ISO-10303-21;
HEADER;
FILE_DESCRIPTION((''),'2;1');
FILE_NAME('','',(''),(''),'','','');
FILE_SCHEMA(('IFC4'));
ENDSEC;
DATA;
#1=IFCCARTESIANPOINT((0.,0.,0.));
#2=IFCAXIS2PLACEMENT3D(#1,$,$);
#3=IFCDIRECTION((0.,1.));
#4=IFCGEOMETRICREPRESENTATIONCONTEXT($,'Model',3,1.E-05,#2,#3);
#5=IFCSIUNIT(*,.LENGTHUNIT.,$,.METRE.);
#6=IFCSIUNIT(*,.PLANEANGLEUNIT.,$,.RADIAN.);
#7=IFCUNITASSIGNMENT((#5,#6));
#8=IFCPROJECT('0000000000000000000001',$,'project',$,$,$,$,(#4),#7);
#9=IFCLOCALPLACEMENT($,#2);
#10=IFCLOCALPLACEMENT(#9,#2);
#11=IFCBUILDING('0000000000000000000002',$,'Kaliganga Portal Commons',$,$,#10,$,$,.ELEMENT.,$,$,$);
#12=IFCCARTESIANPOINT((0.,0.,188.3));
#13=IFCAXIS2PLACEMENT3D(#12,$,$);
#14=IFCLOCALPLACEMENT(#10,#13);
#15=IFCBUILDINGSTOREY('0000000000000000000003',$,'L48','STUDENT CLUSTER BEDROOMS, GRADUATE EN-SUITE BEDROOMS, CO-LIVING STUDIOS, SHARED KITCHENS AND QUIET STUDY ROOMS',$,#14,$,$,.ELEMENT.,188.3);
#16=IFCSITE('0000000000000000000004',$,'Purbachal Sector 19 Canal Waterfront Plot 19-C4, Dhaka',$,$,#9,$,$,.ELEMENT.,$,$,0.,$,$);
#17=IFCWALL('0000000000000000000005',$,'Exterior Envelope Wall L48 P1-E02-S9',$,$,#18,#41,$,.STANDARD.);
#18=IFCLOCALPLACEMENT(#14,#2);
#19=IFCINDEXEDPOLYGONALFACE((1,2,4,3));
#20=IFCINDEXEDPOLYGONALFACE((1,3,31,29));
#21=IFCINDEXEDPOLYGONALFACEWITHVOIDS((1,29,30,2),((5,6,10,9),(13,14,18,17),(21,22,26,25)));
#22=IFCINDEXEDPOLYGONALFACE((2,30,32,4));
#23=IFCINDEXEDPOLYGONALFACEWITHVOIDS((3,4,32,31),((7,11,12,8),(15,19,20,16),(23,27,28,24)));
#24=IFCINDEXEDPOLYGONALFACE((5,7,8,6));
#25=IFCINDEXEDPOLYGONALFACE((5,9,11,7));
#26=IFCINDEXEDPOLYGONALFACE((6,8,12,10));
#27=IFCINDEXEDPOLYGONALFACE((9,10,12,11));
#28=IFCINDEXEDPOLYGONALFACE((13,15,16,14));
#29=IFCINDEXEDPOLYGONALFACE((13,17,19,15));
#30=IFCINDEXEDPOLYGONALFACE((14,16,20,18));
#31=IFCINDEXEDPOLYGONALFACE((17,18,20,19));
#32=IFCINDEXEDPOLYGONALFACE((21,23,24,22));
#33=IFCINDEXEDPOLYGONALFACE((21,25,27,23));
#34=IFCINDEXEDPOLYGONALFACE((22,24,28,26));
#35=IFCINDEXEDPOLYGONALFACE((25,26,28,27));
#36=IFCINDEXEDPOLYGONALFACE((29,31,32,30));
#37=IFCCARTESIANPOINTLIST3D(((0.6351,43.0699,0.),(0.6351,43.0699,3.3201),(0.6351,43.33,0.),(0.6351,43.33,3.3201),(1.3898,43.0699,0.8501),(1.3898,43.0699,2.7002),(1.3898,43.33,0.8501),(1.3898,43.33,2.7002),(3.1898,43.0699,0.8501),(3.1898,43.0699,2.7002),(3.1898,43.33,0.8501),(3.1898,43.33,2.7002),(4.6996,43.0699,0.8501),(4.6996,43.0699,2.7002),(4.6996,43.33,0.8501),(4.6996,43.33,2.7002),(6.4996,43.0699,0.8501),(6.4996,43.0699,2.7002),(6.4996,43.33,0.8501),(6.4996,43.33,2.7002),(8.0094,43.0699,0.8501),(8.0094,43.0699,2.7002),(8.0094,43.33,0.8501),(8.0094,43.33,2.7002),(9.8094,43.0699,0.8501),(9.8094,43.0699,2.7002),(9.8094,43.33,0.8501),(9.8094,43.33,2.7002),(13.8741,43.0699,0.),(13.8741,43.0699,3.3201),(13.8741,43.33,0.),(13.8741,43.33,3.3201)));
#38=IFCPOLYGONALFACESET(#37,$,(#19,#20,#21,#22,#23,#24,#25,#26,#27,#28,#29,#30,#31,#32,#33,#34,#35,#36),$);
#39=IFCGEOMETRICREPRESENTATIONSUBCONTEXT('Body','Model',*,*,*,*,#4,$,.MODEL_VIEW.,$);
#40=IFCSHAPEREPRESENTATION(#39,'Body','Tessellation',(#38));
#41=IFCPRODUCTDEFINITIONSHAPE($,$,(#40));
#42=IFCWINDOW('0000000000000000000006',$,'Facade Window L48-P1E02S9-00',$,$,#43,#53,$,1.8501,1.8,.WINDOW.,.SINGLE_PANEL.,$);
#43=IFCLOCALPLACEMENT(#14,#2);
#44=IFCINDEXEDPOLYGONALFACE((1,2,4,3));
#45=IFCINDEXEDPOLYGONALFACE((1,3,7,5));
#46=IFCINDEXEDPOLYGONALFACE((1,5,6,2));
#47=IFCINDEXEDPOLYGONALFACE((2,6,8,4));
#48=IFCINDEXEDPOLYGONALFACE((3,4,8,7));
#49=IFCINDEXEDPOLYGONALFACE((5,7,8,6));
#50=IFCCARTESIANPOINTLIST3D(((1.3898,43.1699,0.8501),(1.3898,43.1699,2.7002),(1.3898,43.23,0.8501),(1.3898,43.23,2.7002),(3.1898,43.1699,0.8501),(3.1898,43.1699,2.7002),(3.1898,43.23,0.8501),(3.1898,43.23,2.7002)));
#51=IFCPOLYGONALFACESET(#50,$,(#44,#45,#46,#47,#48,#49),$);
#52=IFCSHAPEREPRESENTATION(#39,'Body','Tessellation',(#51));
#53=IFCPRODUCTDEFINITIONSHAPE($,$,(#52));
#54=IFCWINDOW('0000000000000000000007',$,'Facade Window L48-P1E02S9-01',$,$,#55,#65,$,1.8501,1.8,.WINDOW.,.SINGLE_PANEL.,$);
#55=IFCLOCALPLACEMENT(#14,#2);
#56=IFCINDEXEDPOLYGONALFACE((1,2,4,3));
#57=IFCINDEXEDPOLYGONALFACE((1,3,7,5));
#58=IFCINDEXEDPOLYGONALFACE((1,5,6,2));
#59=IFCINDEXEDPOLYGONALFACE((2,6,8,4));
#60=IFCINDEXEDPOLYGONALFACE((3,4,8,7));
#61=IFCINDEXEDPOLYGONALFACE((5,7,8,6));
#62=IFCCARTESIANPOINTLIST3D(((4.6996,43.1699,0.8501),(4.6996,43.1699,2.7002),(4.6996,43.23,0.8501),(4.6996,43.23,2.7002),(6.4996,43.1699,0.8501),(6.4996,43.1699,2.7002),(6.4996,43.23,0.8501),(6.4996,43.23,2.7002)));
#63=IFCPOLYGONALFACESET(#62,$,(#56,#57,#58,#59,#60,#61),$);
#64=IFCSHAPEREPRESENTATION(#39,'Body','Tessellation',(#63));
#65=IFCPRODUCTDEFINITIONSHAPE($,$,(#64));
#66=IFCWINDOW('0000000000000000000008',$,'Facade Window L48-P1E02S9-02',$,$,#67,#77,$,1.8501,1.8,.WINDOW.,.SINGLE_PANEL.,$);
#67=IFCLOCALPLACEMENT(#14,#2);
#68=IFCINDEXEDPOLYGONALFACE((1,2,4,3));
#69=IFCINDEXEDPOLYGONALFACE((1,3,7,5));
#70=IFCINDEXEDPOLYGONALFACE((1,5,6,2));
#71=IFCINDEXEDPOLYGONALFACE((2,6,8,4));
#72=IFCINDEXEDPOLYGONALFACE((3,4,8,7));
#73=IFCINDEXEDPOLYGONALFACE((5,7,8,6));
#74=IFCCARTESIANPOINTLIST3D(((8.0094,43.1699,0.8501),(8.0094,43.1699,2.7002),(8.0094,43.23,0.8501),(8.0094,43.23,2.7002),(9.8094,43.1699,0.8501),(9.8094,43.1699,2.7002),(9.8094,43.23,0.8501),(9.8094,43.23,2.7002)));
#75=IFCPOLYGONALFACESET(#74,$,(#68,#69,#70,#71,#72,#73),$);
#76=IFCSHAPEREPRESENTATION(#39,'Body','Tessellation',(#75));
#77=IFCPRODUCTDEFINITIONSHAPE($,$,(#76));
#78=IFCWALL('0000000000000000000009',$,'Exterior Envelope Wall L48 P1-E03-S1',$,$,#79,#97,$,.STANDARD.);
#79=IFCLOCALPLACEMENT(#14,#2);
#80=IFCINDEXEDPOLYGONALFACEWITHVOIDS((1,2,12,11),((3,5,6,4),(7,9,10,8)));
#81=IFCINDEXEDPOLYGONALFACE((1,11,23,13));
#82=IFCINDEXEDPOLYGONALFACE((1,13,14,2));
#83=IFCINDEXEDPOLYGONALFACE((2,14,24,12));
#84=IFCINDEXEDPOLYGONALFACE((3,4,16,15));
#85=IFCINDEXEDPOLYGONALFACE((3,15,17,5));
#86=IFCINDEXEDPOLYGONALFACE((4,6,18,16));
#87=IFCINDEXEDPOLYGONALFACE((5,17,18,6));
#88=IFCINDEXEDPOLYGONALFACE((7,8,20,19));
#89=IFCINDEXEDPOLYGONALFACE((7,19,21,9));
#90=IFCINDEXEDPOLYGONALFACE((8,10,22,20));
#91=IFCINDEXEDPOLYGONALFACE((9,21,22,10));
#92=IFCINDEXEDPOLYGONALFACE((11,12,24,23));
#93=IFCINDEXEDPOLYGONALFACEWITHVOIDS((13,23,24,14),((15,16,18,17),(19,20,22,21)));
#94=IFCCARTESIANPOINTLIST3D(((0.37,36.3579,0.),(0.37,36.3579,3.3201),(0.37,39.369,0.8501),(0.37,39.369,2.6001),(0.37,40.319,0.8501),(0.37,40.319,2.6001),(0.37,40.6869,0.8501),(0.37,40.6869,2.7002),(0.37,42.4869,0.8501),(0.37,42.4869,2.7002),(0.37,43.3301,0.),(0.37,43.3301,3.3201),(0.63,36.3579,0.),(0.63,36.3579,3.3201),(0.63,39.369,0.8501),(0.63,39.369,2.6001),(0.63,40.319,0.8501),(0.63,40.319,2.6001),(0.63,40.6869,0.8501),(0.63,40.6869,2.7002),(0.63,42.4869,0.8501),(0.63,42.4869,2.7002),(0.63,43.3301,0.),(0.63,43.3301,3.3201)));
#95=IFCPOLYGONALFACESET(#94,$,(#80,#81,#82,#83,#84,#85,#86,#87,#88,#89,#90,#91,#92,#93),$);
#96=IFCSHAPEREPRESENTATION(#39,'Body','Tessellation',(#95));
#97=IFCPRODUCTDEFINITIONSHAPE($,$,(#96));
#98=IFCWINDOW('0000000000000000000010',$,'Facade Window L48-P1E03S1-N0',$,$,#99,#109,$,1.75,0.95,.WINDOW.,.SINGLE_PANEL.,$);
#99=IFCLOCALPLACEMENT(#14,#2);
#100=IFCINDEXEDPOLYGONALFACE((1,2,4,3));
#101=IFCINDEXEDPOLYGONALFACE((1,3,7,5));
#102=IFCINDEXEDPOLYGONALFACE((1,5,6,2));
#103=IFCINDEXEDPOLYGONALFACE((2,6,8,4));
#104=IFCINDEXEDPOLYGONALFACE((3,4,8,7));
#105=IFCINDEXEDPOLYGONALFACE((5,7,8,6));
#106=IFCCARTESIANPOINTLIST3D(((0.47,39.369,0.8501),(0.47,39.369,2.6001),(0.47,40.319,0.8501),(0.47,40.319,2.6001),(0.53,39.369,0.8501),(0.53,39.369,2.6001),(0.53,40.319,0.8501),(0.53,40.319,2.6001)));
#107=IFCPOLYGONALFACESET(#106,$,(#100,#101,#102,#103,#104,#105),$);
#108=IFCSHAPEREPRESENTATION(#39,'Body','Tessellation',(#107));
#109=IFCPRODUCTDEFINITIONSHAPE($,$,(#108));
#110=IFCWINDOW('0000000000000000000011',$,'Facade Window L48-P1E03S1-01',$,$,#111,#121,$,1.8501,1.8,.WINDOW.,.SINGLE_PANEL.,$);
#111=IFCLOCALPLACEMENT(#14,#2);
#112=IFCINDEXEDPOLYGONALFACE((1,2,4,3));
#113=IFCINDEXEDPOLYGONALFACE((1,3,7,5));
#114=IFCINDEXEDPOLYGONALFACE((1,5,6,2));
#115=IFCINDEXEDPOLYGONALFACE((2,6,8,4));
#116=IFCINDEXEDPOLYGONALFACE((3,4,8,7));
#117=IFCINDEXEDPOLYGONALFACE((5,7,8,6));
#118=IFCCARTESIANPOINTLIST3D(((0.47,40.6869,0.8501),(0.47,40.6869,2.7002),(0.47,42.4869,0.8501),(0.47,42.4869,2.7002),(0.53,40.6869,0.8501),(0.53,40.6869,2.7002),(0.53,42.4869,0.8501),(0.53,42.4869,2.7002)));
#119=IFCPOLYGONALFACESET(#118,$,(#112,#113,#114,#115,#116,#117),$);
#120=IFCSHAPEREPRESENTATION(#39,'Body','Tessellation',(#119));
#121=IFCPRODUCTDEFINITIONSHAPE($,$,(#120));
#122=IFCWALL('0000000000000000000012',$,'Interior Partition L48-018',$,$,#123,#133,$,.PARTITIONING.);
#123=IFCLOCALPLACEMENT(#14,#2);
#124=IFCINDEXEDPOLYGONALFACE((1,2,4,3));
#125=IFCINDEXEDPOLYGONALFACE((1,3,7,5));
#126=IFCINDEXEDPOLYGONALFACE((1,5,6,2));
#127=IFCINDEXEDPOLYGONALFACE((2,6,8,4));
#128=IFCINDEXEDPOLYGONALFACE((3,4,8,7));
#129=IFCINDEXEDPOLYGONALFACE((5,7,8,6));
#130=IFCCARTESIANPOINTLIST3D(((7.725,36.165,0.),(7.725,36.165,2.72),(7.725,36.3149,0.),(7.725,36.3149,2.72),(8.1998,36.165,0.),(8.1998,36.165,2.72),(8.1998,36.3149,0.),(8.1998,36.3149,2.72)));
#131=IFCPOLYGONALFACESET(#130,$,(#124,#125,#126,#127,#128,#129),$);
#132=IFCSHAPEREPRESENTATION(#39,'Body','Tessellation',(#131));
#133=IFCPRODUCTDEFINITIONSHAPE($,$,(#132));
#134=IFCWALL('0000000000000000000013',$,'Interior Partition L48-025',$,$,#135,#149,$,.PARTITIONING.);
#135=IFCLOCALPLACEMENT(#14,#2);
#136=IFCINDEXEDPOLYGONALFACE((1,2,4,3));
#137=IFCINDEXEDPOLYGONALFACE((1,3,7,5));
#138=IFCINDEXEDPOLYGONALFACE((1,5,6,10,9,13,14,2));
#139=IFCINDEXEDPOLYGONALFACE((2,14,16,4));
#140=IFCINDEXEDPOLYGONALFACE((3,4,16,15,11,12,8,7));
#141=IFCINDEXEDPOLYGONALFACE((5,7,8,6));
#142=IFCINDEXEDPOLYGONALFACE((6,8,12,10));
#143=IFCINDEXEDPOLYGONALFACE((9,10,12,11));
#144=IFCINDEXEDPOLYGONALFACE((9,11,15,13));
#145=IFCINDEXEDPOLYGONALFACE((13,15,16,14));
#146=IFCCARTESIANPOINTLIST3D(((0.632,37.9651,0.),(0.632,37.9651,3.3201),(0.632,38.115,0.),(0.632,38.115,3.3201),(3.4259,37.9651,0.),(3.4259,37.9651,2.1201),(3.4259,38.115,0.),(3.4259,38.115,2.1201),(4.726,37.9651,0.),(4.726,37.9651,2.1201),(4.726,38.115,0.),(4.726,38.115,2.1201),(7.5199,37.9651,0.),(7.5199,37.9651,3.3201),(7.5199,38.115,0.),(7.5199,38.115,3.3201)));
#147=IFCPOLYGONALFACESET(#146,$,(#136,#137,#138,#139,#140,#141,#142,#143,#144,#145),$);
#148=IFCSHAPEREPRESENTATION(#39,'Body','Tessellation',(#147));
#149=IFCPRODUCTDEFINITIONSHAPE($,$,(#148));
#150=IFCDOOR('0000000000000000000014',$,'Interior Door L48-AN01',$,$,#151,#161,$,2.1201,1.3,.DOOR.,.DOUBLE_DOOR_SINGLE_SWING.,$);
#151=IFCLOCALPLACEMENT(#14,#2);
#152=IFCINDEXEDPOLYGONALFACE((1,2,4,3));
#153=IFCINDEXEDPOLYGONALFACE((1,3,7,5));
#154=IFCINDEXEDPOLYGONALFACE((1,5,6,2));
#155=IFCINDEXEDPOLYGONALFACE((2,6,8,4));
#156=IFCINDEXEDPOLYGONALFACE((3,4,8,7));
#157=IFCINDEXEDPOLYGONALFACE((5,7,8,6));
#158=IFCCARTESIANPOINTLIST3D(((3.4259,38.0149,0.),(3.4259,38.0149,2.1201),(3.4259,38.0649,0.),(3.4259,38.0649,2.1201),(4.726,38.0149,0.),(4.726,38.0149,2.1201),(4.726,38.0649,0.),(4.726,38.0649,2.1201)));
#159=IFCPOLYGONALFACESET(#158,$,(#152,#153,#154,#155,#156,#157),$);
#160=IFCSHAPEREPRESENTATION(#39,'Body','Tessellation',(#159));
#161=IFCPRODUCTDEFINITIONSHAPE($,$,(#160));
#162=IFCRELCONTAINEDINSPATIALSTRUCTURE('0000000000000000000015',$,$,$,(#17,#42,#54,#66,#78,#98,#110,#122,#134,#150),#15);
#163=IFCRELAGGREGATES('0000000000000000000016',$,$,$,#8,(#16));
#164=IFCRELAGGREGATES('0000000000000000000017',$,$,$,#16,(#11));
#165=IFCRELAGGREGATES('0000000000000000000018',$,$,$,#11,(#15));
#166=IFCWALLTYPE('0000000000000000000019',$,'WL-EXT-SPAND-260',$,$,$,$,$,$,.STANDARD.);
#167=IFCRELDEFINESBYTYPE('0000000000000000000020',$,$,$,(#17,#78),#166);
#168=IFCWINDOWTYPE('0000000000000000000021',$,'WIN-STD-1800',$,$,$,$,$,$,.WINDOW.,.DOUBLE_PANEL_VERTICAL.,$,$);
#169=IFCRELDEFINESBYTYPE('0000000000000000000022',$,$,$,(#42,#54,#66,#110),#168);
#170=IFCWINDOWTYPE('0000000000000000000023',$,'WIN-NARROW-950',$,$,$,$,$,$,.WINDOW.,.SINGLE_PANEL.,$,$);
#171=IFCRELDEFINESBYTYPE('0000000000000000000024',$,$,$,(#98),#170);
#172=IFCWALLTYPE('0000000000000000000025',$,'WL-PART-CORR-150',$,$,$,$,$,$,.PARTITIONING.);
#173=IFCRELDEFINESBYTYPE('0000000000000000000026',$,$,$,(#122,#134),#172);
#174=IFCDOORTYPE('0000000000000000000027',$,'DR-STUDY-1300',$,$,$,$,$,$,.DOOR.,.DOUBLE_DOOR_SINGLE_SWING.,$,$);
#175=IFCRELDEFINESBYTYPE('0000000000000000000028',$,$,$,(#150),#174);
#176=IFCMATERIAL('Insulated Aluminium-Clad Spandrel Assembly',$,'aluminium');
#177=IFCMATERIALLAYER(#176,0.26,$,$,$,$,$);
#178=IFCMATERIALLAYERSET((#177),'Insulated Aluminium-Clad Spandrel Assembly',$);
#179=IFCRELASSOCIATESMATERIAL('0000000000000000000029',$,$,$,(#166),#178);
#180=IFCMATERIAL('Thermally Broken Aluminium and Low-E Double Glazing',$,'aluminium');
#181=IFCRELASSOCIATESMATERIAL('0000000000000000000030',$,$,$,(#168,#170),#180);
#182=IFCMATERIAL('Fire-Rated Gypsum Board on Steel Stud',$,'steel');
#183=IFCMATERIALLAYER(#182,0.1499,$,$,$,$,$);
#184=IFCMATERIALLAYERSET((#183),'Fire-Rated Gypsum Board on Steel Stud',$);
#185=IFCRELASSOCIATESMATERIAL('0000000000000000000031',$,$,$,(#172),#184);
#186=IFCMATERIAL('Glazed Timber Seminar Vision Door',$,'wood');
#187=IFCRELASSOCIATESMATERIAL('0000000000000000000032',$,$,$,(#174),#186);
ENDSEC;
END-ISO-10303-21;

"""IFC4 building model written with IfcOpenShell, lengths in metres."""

from ifc_helpers import new_model, si_unit, direction, frame, frame_2d, origin, place, context, subcontext, project, spatial, rectangle, extrude, material, layer, layer_set, type_object, element, fill, save


model = new_model("IFC4")

# Units and contexts
model_context = context("Model", 3, precision=1e-05, world=origin(), true_north=direction((0.0, 1.0)))
body_context = subcontext(model_context, "Body", "Model", "MODEL_VIEW")
ifc_project = project(units=[si_unit("LENGTHUNIT", "METRE"), si_unit("PLANEANGLEUNIT", "RADIAN")], contexts=[model_context])

# Site, building, storey
site_placement = place(None, origin())
site = spatial("IfcSite", under=ifc_project, at=site_placement, Name="Purbachal Sector 19 Canal Waterfront Plot 19-C4, Dhaka", CompositionType="ELEMENT", RefElevation=0.0)
building_placement = place(site_placement, origin())
building = spatial("IfcBuilding", under=site, at=building_placement, Name="Kaliganga Portal Commons", CompositionType="ELEMENT")
storey_placement = place(building_placement, frame((0.0, 0.0, 188.3)))
storey = spatial("IfcBuildingStorey", under=building, at=storey_placement, Name="L48", Description="STUDENT CLUSTER BEDROOMS, GRADUATE EN-SUITE BEDROOMS, CO-LIVING STUDIOS, SHARED KITCHENS AND QUIET STUDY ROOMS", CompositionType="ELEMENT", Elevation=188.3)

# Walls, openings, windows
ifc_material_1 = material(Name="Insulated Aluminium-Clad Spandrel Assembly", Category="aluminium")
ifc_layer_1 = layer(ifc_material_1, 0.26)
ifc_layer_set_1 = layer_set([ifc_layer_1], Name="Insulated Aluminium-Clad Spandrel Assembly")
wall_type_1 = type_object("IfcWallType", Name="WL-EXT-SPAND-260", PredefinedType="STANDARD", material=ifc_layer_set_1)
wall_1_placement = place(storey_placement, frame((0.635, 43.2, 0.0), z_axis=(0.0, 0.0, 1.0), x_axis=(1.0, 0.0, 0.0)))
wall_1 = element("IfcWall", 1, at=wall_1_placement, inside=storey, type_object=wall_type_1, Name="Exterior Envelope Wall L48 P1-E02-S9", PredefinedType="STANDARD", context=body_context, shape_type="SweptSolid", body=[
    extrude(rectangle(XDim=13.239, YDim=0.26, at=frame_2d((6.6196, 0.0))), origin(), (0.0, 0.0, 1.0), 3.3201),
])
opening_1_placement = place(wall_1_placement, frame((0.7549, 0.0, 0.8501)))
opening_1 = element("IfcOpeningElement", 2, at=opening_1_placement, cuts=wall_1, PredefinedType="OPENING", context=body_context, shape_type="SweptSolid", body=[
    extrude(rectangle(XDim=1.8, YDim=1.8501, at=frame_2d((0.8999, 0.925))), frame((0.0, 0.1401, 0.0), z_axis=(0.0, -1.0, 0.0), x_axis=(1.0, 0.0, 0.0)), (0.0, 0.0, 1.0), 0.28),
])
opening_2_placement = place(wall_1_placement, frame((4.0647, 0.0, 0.8501)))
opening_2 = element("IfcOpeningElement", 3, at=opening_2_placement, cuts=wall_1, PredefinedType="OPENING", context=body_context, shape_type="SweptSolid", body=[
    extrude(rectangle(XDim=1.8, YDim=1.8501, at=frame_2d((0.8999, 0.925))), frame((0.0, 0.1401, 0.0), z_axis=(0.0, -1.0, 0.0), x_axis=(1.0, 0.0, 0.0)), (0.0, 0.0, 1.0), 0.28),
])
opening_3_placement = place(wall_1_placement, frame((7.3745, 0.0, 0.8501)))
opening_3 = element("IfcOpeningElement", 4, at=opening_3_placement, cuts=wall_1, PredefinedType="OPENING", context=body_context, shape_type="SweptSolid", body=[
    extrude(rectangle(XDim=1.8, YDim=1.8501, at=frame_2d((0.8999, 0.925))), frame((0.0, 0.1401, 0.0), z_axis=(0.0, -1.0, 0.0), x_axis=(1.0, 0.0, 0.0)), (0.0, 0.0, 1.0), 0.28),
])
ifc_material_2 = material(Name="Thermally Broken Aluminium and Low-E Double Glazing", Category="aluminium")
window_type_1 = type_object("IfcWindowType", Name="WIN-STD-1800", PartitioningType="DOUBLE_PANEL_VERTICAL", PredefinedType="WINDOW", material=ifc_material_2)
window_1_placement = place(opening_1_placement, origin())
window_1 = element("IfcWindow", 5, at=window_1_placement, inside=storey, type_object=window_type_1, Name="Facade Window L48-P1E02S9-00", OverallHeight=1.8501, OverallWidth=1.8, PartitioningType="SINGLE_PANEL", PredefinedType="WINDOW", context=body_context, shape_type="SweptSolid", body=[
    extrude(rectangle(XDim=1.8, YDim=1.8501, at=frame_2d((0.8999, 0.925))), frame((0.0, 0.03, 0.0), z_axis=(0.0, -1.0, 0.0), x_axis=(1.0, 0.0, 0.0)), (0.0, 0.0, 1.0), 0.0601),
])
fill(opening_1, window_1)
window_2_placement = place(opening_2_placement, origin())
window_2 = element("IfcWindow", 6, at=window_2_placement, inside=storey, type_object=window_type_1, Name="Facade Window L48-P1E02S9-01", OverallHeight=1.8501, OverallWidth=1.8, PartitioningType="SINGLE_PANEL", PredefinedType="WINDOW", context=body_context, shape_type="SweptSolid", body=[
    extrude(rectangle(XDim=1.8, YDim=1.8501, at=frame_2d((0.8999, 0.925))), frame((0.0, 0.03, 0.0), z_axis=(0.0, -1.0, 0.0), x_axis=(1.0, 0.0, 0.0)), (0.0, 0.0, 1.0), 0.0601),
])
fill(opening_2, window_2)
window_3_placement = place(opening_3_placement, origin())
window_3 = element("IfcWindow", 7, at=window_3_placement, inside=storey, type_object=window_type_1, Name="Facade Window L48-P1E02S9-02", OverallHeight=1.8501, OverallWidth=1.8, PartitioningType="SINGLE_PANEL", PredefinedType="WINDOW", context=body_context, shape_type="SweptSolid", body=[
    extrude(rectangle(XDim=1.8, YDim=1.8501, at=frame_2d((0.8999, 0.925))), frame((0.0, 0.03, 0.0), z_axis=(0.0, -1.0, 0.0), x_axis=(1.0, 0.0, 0.0)), (0.0, 0.0, 1.0), 0.0601),
])
fill(opening_3, window_3)
wall_2_placement = place(storey_placement, frame((0.5, 36.3579, 0.0), z_axis=(0.0, 0.0, 1.0), x_axis=(0.0, 1.0, 0.0)))
wall_2 = element("IfcWall", 8, at=wall_2_placement, inside=storey, type_object=wall_type_1, Name="Exterior Envelope Wall L48 P1-E03-S1", PredefinedType="STANDARD", context=body_context, shape_type="SweptSolid", body=[
    extrude(rectangle(XDim=6.9722, YDim=0.26, at=frame_2d((3.4861, 0.0))), origin(), (0.0, 0.0, 1.0), 3.3201),
])
opening_4_placement = place(wall_2_placement, frame((4.3291, 0.0, 0.8501)))
opening_4 = element("IfcOpeningElement", 9, at=opening_4_placement, cuts=wall_2, PredefinedType="OPENING", context=body_context, shape_type="SweptSolid", body=[
    extrude(rectangle(XDim=1.8, YDim=1.8501, at=frame_2d((0.8999, 0.925))), frame((0.0, 0.1401, 0.0), z_axis=(0.0, -1.0, 0.0), x_axis=(1.0, 0.0, 0.0)), (0.0, 0.0, 1.0), 0.28),
])
opening_5_placement = place(wall_2_placement, frame((3.011, 0.0, 0.8501)))
opening_5 = element("IfcOpeningElement", 10, at=opening_5_placement, cuts=wall_2, PredefinedType="OPENING", context=body_context, shape_type="SweptSolid", body=[
    extrude(rectangle(XDim=0.95, YDim=1.75, at=frame_2d((0.4751, 0.875))), frame((0.0, 0.1401, 0.0), z_axis=(0.0, -1.0, 0.0), x_axis=(1.0, 0.0, 0.0)), (0.0, 0.0, 1.0), 0.28),
])
window_type_2 = type_object("IfcWindowType", Name="WIN-NARROW-950", PartitioningType="SINGLE_PANEL", PredefinedType="WINDOW", material=ifc_material_2)
window_4_placement = place(opening_5_placement, origin())
window_4 = element("IfcWindow", 11, at=window_4_placement, inside=storey, type_object=window_type_2, Name="Facade Window L48-P1E03S1-N0", OverallHeight=1.75, OverallWidth=0.95, PartitioningType="SINGLE_PANEL", PredefinedType="WINDOW", context=body_context, shape_type="SweptSolid", body=[
    extrude(rectangle(XDim=0.95, YDim=1.75, at=frame_2d((0.4751, 0.875))), frame((0.0, 0.03, 0.0), z_axis=(0.0, -1.0, 0.0), x_axis=(1.0, 0.0, 0.0)), (0.0, 0.0, 1.0), 0.0601),
])
fill(opening_5, window_4)
window_5_placement = place(opening_4_placement, origin())
window_5 = element("IfcWindow", 12, at=window_5_placement, inside=storey, type_object=window_type_1, Name="Facade Window L48-P1E03S1-01", OverallHeight=1.8501, OverallWidth=1.8, PartitioningType="SINGLE_PANEL", PredefinedType="WINDOW", context=body_context, shape_type="SweptSolid", body=[
    extrude(rectangle(XDim=1.8, YDim=1.8501, at=frame_2d((0.8999, 0.925))), frame((0.0, 0.03, 0.0), z_axis=(0.0, -1.0, 0.0), x_axis=(1.0, 0.0, 0.0)), (0.0, 0.0, 1.0), 0.0601),
])
fill(opening_4, window_5)

# Shared definitions
ifc_material_3 = material(Name="Fire-Rated Gypsum Board on Steel Stud", Category="steel")
ifc_layer_2 = layer(ifc_material_3, 0.1499)
ifc_layer_set_2 = layer_set([ifc_layer_2], Name="Fire-Rated Gypsum Board on Steel Stud")
wall_type_2 = type_object("IfcWallType", Name="WL-PART-CORR-150", PredefinedType="PARTITIONING", material=ifc_layer_set_2)

# Wall
wall_3_placement = place(storey_placement, frame((7.7251, 36.24, 0.0), z_axis=(0.0, 0.0, 1.0), x_axis=(1.0, 0.0, 0.0)))
element("IfcWall", 13, at=wall_3_placement, inside=storey, type_object=wall_type_2, Name="Interior Partition L48-018", PredefinedType="PARTITIONING", context=body_context, shape_type="SweptSolid", body=[
    extrude(rectangle(XDim=0.4749, YDim=0.1499, at=frame_2d((0.2373, 0.0))), origin(), (0.0, 0.0, 1.0), 2.72),
])

# Wall, opening, door
wall_4_placement = place(storey_placement, frame((0.6321, 38.04, 0.0), z_axis=(0.0, 0.0, 1.0), x_axis=(1.0, 0.0, 0.0)))
wall_4 = element("IfcWall", 14, at=wall_4_placement, inside=storey, type_object=wall_type_2, Name="Interior Partition L48-025", PredefinedType="PARTITIONING", context=body_context, shape_type="SweptSolid", body=[
    extrude(rectangle(XDim=6.8879, YDim=0.1499, at=frame_2d((3.4438, 0.0))), origin(), (0.0, 0.0, 1.0), 3.3201),
])
opening_6_placement = place(wall_4_placement, frame((2.7939, 0.0, 0.0)))
opening_6 = element("IfcOpeningElement", 15, at=opening_6_placement, cuts=wall_4, PredefinedType="OPENING", context=body_context, shape_type="SweptSolid", body=[
    extrude(rectangle(XDim=1.3, YDim=2.1201, at=frame_2d((0.6499, 1.0601))), frame((0.0, 0.085, 0.0), z_axis=(0.0, -1.0, 0.0), x_axis=(1.0, 0.0, 0.0)), (0.0, 0.0, 1.0), 0.1699),
])
ifc_material_4 = material(Name="Glazed Timber Seminar Vision Door", Category="wood")
door_type_1 = type_object("IfcDoorType", Name="DR-STUDY-1300", OperationType="DOUBLE_DOOR_SINGLE_SWING", PredefinedType="DOOR", material=ifc_material_4)
door_1_placement = place(opening_6_placement, origin())
door_1 = element("IfcDoor", 16, at=door_1_placement, inside=storey, type_object=door_type_1, Name="Interior Door L48-AN01", OperationType="DOUBLE_DOOR_SINGLE_SWING", OverallHeight=2.1201, OverallWidth=1.3, PredefinedType="DOOR", context=body_context, shape_type="SweptSolid", body=[
    extrude(rectangle(XDim=1.3, YDim=2.1201, at=frame_2d((0.6499, 1.0601))), frame((0.0, 0.0249, 0.0), z_axis=(0.0, -1.0, 0.0), x_axis=(1.0, 0.0, 0.0)), (0.0, 0.0, 1.0), 0.05),
])
fill(opening_6, door_1)

save(model, "model.ifc")
